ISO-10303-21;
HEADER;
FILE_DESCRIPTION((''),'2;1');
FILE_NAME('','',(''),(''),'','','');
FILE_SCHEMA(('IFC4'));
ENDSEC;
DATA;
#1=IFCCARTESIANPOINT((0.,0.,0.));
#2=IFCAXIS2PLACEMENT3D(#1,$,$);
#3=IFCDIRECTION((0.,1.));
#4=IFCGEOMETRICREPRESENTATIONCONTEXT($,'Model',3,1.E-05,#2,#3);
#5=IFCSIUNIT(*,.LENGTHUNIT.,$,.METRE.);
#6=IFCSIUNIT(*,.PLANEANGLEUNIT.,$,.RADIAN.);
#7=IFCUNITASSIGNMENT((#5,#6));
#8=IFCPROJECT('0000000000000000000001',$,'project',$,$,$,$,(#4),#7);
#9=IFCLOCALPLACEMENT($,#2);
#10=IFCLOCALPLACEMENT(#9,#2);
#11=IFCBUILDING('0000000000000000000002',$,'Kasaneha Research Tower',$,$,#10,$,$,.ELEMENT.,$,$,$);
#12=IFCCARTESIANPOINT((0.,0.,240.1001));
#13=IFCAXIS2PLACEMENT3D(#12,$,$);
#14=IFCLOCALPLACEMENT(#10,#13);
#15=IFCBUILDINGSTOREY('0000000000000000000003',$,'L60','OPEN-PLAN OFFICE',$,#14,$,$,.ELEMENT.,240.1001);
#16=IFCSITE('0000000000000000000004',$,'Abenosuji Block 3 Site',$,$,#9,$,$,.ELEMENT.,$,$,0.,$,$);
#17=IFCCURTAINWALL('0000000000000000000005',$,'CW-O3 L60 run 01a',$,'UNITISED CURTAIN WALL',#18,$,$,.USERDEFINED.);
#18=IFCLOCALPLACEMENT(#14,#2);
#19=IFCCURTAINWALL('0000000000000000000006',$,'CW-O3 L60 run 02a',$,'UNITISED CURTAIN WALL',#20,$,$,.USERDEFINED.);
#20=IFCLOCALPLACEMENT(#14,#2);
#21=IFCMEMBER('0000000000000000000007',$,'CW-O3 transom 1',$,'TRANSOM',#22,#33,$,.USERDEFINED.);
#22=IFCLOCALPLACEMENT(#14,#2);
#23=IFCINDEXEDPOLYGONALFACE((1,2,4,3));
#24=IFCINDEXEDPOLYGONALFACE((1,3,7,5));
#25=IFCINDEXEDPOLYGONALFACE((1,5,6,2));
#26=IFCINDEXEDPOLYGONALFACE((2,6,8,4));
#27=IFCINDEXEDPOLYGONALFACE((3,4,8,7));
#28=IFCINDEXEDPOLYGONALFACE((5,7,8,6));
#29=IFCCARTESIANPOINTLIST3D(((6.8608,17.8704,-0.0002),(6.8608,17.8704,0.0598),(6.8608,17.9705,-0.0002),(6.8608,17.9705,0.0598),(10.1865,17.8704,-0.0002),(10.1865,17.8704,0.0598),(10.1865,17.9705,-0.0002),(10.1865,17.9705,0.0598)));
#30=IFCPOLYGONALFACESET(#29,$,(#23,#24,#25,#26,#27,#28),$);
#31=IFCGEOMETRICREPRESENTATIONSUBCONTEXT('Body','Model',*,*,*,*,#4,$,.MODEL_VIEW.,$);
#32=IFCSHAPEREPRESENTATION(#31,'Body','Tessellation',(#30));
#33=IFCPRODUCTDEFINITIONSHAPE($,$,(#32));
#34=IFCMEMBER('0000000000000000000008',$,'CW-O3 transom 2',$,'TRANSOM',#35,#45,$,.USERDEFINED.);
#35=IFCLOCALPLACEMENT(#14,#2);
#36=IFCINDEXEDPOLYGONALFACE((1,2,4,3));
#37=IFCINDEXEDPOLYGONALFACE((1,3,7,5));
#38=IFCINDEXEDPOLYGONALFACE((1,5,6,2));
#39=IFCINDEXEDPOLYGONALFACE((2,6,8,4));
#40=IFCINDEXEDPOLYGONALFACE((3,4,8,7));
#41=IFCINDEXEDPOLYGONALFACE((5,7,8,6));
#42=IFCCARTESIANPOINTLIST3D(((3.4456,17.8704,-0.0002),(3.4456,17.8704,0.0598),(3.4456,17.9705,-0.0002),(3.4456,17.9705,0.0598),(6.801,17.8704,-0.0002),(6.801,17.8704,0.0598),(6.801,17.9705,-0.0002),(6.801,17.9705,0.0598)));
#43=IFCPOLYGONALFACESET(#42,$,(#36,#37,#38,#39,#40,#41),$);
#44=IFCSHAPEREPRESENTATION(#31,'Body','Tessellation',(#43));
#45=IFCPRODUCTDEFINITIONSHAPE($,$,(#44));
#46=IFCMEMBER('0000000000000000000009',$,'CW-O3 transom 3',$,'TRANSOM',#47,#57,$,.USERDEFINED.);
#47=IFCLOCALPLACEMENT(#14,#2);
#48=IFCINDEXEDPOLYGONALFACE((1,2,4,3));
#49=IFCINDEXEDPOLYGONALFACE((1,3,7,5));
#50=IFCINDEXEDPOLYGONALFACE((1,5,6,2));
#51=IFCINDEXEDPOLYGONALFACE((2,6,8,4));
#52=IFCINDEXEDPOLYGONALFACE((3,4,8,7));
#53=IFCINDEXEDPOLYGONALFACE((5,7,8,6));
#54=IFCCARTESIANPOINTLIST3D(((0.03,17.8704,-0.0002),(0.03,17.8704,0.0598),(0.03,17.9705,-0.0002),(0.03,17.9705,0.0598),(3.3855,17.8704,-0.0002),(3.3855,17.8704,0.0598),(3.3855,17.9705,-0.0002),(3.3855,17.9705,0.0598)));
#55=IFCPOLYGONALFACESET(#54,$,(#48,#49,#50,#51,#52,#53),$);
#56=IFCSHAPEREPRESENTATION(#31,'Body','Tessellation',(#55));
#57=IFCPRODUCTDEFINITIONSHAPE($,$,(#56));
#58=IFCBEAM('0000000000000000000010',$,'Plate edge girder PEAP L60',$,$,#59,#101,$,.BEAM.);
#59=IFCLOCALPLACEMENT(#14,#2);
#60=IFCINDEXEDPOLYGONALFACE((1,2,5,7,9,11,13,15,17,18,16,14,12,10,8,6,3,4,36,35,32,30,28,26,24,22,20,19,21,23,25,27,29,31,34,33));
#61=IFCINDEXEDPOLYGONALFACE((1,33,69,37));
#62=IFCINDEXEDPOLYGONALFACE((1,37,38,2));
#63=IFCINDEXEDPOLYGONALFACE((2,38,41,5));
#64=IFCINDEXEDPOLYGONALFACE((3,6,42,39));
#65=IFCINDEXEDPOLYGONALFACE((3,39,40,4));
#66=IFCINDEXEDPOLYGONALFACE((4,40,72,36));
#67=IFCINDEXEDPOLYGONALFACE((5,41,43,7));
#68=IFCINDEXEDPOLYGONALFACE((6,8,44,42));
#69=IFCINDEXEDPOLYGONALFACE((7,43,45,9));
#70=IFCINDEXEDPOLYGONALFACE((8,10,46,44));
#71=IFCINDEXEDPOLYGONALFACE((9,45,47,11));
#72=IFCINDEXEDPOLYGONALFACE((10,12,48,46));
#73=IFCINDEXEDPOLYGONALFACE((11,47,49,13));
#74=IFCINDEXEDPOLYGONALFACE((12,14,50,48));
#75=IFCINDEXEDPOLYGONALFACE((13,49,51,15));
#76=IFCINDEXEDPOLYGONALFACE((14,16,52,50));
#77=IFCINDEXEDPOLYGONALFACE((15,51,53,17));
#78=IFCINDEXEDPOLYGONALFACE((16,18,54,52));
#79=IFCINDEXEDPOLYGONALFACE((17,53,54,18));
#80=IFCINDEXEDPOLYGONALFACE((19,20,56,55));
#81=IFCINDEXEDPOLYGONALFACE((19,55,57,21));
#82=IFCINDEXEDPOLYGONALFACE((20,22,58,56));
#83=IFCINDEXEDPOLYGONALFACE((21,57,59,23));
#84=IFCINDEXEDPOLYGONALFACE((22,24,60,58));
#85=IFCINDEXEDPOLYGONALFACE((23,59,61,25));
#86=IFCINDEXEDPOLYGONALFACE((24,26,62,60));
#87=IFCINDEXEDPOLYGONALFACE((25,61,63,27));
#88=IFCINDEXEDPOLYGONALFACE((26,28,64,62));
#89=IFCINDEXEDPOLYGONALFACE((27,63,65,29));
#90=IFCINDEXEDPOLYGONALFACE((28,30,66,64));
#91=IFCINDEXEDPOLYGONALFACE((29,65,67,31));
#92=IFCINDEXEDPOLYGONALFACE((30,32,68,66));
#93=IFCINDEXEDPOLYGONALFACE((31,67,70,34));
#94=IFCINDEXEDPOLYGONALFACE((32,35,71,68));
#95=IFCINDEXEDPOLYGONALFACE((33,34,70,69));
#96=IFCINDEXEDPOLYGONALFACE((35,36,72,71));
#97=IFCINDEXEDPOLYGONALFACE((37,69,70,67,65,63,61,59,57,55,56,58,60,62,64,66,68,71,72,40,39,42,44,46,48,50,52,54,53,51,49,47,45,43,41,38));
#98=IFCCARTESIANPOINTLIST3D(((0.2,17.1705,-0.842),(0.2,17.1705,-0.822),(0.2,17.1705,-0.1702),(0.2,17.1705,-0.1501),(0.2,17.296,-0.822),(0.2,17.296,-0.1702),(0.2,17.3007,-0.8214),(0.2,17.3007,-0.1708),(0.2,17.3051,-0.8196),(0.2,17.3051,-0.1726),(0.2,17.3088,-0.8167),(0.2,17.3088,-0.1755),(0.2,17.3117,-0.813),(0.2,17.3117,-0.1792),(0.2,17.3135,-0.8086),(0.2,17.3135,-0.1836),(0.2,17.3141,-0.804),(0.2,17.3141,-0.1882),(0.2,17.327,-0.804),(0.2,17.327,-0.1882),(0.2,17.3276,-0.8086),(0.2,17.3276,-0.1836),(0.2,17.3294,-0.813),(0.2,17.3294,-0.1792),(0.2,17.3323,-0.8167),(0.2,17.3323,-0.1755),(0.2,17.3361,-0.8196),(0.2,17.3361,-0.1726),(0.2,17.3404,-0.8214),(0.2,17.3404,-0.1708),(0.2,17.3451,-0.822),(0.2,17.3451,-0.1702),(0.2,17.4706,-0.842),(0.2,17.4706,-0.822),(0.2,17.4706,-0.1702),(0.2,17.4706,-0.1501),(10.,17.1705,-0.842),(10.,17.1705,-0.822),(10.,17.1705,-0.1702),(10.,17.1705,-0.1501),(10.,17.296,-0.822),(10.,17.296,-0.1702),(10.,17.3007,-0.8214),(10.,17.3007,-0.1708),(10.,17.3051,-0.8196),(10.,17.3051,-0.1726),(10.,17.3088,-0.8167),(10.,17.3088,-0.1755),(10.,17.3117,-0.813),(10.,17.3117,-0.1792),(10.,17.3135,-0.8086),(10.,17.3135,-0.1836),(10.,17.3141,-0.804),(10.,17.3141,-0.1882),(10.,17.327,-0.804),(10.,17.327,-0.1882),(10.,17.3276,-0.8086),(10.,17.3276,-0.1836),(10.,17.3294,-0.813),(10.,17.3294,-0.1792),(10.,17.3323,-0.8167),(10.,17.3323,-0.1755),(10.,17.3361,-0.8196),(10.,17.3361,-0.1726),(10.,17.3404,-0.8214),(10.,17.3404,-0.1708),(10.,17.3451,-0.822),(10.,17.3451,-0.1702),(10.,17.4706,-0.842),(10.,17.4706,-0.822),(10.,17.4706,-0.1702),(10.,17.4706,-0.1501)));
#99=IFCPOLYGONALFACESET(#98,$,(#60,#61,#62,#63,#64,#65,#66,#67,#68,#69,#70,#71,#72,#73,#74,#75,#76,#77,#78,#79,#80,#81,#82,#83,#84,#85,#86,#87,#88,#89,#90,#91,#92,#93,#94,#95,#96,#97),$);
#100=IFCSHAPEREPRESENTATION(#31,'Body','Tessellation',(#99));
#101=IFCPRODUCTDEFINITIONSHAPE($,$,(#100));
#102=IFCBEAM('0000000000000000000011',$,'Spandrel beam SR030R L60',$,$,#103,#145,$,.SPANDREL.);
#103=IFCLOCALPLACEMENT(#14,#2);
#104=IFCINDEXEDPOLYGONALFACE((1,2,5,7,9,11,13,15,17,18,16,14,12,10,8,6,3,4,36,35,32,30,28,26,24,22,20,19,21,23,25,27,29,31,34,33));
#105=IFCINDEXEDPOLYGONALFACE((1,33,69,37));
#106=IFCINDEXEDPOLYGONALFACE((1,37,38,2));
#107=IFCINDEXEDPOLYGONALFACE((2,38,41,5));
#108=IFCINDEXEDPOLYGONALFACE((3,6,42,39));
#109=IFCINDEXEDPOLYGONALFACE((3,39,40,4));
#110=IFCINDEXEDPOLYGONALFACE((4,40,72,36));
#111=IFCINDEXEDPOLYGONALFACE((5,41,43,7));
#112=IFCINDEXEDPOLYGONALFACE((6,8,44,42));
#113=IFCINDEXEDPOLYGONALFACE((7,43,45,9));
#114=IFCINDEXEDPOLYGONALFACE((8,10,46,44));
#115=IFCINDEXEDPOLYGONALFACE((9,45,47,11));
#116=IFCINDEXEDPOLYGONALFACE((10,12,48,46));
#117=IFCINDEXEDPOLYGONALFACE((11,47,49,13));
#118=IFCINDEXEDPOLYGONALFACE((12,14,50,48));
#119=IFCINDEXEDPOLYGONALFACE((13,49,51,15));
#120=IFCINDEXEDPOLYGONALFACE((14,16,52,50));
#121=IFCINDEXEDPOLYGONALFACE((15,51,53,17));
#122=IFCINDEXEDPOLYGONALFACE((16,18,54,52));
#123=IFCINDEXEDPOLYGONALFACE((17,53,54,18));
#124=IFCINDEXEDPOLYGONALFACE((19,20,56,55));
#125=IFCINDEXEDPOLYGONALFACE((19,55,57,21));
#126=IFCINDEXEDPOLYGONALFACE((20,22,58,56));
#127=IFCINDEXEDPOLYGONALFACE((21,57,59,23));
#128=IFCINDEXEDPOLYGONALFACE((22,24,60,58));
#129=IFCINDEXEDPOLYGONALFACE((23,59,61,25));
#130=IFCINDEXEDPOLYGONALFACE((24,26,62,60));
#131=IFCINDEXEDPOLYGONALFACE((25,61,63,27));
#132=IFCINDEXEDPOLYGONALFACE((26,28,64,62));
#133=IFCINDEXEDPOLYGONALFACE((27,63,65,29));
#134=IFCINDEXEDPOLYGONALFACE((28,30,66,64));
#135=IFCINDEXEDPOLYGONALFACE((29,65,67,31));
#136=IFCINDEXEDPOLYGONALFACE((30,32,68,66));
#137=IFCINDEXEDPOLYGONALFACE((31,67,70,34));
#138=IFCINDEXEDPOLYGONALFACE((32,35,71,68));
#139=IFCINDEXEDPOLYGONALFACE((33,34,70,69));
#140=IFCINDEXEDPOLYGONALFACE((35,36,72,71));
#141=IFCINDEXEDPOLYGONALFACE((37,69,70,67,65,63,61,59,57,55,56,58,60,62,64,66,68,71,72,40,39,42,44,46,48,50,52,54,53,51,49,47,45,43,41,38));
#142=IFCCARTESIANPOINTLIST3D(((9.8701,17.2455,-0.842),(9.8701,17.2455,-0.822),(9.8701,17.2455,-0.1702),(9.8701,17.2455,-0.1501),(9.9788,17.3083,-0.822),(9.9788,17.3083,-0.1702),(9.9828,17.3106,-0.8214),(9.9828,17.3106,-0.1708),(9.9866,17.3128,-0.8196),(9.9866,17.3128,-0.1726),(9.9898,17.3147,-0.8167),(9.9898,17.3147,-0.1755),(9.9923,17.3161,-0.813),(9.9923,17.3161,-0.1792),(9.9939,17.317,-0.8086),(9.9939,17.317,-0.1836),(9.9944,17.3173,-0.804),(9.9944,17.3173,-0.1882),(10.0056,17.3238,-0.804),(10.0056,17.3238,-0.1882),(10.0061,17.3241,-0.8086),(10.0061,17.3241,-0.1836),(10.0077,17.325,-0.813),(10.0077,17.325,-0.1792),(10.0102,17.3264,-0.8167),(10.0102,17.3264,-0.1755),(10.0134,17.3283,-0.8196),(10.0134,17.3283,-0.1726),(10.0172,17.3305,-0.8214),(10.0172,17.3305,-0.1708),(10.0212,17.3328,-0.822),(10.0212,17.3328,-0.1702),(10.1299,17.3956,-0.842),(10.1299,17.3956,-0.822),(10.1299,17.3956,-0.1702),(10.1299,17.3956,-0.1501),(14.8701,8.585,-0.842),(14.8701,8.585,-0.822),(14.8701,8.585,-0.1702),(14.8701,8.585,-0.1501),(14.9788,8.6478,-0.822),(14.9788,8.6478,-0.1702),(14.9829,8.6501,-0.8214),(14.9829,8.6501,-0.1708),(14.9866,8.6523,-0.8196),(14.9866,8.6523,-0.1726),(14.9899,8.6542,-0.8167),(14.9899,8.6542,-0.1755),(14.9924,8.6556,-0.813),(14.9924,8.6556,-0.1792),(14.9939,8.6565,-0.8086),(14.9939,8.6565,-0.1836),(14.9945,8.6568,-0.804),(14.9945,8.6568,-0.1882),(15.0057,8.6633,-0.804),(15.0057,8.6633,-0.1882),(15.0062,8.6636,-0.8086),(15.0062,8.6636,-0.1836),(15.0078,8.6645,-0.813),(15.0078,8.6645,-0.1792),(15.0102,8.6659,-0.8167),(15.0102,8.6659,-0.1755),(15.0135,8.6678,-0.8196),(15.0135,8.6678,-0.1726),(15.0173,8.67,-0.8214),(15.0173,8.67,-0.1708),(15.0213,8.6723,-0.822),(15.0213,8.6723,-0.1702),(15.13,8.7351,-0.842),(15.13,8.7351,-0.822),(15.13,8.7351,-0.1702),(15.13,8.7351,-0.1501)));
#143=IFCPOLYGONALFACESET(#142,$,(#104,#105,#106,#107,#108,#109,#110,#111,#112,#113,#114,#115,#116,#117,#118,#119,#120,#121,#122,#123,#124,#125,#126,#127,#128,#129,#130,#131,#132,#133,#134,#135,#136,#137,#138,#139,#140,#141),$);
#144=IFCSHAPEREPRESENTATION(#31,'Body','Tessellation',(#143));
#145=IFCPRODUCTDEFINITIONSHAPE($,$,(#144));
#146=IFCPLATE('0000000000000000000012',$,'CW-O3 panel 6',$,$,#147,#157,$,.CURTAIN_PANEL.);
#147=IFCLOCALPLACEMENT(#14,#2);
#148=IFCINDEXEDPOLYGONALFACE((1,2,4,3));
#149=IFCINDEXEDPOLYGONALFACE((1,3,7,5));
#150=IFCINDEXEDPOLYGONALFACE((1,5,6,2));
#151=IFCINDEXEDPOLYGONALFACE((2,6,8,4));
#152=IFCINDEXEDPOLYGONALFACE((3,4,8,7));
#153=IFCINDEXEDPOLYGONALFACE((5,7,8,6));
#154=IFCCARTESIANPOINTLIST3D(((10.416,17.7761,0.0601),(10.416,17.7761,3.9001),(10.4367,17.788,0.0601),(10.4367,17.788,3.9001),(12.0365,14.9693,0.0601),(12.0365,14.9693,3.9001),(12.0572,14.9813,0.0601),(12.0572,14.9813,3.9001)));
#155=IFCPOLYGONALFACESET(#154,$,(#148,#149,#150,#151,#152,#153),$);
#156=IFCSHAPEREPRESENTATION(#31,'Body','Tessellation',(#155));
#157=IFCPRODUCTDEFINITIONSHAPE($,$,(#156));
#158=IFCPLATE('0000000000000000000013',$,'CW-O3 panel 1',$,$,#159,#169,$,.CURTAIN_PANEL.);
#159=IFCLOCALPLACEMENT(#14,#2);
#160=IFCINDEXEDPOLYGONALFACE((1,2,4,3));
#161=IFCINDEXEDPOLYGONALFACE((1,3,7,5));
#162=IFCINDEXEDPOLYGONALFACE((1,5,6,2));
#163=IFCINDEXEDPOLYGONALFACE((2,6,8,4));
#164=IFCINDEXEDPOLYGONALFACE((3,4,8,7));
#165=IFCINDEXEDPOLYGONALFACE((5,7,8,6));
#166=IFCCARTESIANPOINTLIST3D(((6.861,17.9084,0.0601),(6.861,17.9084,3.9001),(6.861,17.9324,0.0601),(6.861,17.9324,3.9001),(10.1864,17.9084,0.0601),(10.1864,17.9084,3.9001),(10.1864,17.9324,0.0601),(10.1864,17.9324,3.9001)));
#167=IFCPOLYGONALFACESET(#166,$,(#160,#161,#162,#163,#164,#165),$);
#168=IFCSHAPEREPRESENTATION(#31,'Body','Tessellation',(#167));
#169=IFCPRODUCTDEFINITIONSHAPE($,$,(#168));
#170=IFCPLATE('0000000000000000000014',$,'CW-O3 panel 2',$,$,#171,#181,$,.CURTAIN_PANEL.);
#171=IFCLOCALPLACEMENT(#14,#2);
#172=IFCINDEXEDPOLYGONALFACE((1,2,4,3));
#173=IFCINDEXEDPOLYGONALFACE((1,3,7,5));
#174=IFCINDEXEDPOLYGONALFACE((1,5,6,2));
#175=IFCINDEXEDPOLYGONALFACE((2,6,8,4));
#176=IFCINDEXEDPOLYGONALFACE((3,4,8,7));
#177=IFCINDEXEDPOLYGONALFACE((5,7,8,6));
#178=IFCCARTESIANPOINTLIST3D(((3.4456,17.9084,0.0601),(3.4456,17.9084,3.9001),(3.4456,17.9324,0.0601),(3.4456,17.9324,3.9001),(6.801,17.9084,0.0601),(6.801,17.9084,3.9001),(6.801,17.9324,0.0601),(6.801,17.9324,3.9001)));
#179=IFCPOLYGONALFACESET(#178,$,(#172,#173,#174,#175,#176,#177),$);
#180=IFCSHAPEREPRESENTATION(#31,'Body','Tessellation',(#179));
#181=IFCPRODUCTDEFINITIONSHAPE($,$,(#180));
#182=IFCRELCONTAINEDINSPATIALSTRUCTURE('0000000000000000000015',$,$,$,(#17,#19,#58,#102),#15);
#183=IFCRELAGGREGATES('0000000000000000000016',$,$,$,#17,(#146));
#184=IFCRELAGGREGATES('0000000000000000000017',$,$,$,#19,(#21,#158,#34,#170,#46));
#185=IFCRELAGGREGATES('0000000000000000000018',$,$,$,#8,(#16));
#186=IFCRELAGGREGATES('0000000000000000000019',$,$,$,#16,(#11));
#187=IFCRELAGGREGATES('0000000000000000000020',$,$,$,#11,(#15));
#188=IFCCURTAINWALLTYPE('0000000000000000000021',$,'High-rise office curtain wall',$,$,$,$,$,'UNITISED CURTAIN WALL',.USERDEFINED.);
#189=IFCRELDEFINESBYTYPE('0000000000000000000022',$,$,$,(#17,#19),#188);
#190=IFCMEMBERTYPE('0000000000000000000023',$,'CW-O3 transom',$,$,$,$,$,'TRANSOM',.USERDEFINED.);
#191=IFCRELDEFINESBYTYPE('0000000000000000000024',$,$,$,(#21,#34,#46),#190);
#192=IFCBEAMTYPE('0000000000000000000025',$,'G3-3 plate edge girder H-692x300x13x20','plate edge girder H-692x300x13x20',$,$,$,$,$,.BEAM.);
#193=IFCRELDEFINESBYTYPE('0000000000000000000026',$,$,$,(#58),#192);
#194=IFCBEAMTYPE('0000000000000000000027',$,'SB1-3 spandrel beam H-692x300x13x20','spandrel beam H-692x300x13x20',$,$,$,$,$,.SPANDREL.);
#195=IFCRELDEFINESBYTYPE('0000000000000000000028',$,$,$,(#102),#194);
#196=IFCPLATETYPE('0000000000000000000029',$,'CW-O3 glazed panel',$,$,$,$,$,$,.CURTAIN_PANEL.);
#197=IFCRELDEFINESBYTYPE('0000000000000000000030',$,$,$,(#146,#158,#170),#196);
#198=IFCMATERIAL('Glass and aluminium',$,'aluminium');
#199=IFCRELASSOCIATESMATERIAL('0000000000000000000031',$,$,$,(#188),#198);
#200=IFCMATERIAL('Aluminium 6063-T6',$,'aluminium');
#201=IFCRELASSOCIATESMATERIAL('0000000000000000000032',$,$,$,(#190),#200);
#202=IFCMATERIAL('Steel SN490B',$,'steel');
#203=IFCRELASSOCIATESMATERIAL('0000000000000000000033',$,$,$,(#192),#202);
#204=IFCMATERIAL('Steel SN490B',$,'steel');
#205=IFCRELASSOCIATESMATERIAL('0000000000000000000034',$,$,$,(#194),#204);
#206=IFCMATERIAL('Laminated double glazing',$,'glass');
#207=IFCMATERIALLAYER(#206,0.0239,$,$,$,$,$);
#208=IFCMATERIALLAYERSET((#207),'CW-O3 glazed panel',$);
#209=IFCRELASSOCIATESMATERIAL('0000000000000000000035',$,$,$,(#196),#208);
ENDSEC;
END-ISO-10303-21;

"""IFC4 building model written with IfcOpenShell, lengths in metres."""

from ifc_helpers import new_model, si_unit, direction, frame, origin, origin_2d, place, context, subcontext, project, spatial, rectangle, i_section, extrude, material, layer, layer_set, material_profile, profile_set, type_object, element, aggregate, save


model = new_model("IFC4")

# Units and contexts
model_context = context("Model", 3, precision=1e-05, world=origin(), true_north=direction((0.0, 1.0)))
body_context = subcontext(model_context, "Body", "Model", "MODEL_VIEW")
ifc_project = project(units=[si_unit("LENGTHUNIT", "METRE"), si_unit("PLANEANGLEUNIT", "RADIAN")], contexts=[model_context])

# Site, building, storey
site_placement = place(None, origin())
site = spatial("IfcSite", under=ifc_project, at=site_placement, Name="Abenosuji Block 3 Site", CompositionType="ELEMENT", RefElevation=0.0)
building_placement = place(site_placement, origin())
building = spatial("IfcBuilding", under=site, at=building_placement, Name="Kasaneha Research Tower", CompositionType="ELEMENT")
storey_placement = place(building_placement, frame((0.0, 0.0, 240.1001)))
storey = spatial("IfcBuildingStorey", under=building, at=storey_placement, Name="L60", Description="OPEN-PLAN OFFICE", CompositionType="ELEMENT", Elevation=240.1001)

# Curtain wall
ifc_material_1 = material(Name="Glass and aluminium", Category="aluminium")
curtain_wall_type = type_object("IfcCurtainWallType", Name="High-rise office curtain wall", ElementType="UNITISED CURTAIN WALL", PredefinedType="USERDEFINED", material=ifc_material_1)
curtain_wall_1_placement = place(storey_placement, origin())
curtain_wall_1 = element("IfcCurtainWall", 1, at=curtain_wall_1_placement, inside=storey, type_object=curtain_wall_type, Name="CW-O3 L60 run 01a", ObjectType="UNITISED CURTAIN WALL", PredefinedType="USERDEFINED")

# Curtain wall
curtain_wall_2_placement = place(storey_placement, origin())
curtain_wall_2 = element("IfcCurtainWall", 2, at=curtain_wall_2_placement, inside=storey, type_object=curtain_wall_type, Name="CW-O3 L60 run 02a", ObjectType="UNITISED CURTAIN WALL", PredefinedType="USERDEFINED")

# Members
ifc_material_2 = material(Name="Aluminium 6063-T6", Category="aluminium")
ifc_material_profile_1 = material_profile(ifc_material_2, rectangle(XDim=0.1001, YDim=0.0601, at=origin_2d()), Name="CW-O3 transom 100x60")
ifc_profile_set_1 = profile_set([ifc_material_profile_1], Name="Aluminium 6063-T6")
member_type_1 = type_object("IfcMemberType", Name="CW-O3 transom", ElementType="TRANSOM", PredefinedType="USERDEFINED", material=ifc_profile_set_1)
member_1_placement = place(storey_placement, frame((10.1865, 17.9204, 0.0298), z_axis=(-1.0, 0.0, 0.0), x_axis=(0.0, -1.0, 0.0)))
member_1 = element("IfcMember", 3, at=member_1_placement, type_object=member_type_1, Name="CW-O3 transom 1", ObjectType="TRANSOM", PredefinedType="USERDEFINED", context=body_context, shape_type="SweptSolid", body=[
    extrude(rectangle(XDim=0.1001, YDim=0.0601, at=origin_2d()), origin(), (0.0, 0.0, 1.0), 3.3257),
])
member_2_placement = place(storey_placement, frame((6.801, 17.9204, 0.0298), z_axis=(-1.0, 0.0, 0.0), x_axis=(0.0, -1.0, 0.0)))
member_2 = element("IfcMember", 4, at=member_2_placement, type_object=member_type_1, Name="CW-O3 transom 2", ObjectType="TRANSOM", PredefinedType="USERDEFINED", context=body_context, shape_type="SweptSolid", body=[
    extrude(rectangle(XDim=0.1001, YDim=0.0601, at=origin_2d()), origin(), (0.0, 0.0, 1.0), 3.3555),
])
member_3_placement = place(storey_placement, frame((3.3855, 17.9204, 0.0298), z_axis=(-1.0, 0.0, 0.0), x_axis=(0.0, -1.0, 0.0)))
member_3 = element("IfcMember", 5, at=member_3_placement, type_object=member_type_1, Name="CW-O3 transom 3", ObjectType="TRANSOM", PredefinedType="USERDEFINED", context=body_context, shape_type="SweptSolid", body=[
    extrude(rectangle(XDim=0.1001, YDim=0.0601, at=origin_2d()), origin(), (0.0, 0.0, 1.0), 3.3555),
])

# Beams
ifc_material_3 = material(Name="Steel SN490B", Category="steel")
ifc_material_profile_2 = material_profile(ifc_material_3, i_section(OverallWidth=0.3, OverallDepth=0.6919, WebThickness=0.0129, FlangeThickness=0.02, FilletRadius=0.0181, at=origin_2d()), Name="H-692x300x13x20")
ifc_profile_set_2 = profile_set([ifc_material_profile_2], Name="Steel SN490B")
beam_type_1 = type_object("IfcBeamType", Name="G3-3 plate edge girder H-692x300x13x20", Description="plate edge girder H-692x300x13x20", PredefinedType="BEAM", material=ifc_profile_set_2)
beam_1_placement = place(storey_placement, frame((10.0, 17.3206, -0.4961), z_axis=(-1.0, 0.0, 0.0), x_axis=(0.0, -1.0, 0.0)))
element("IfcBeam", 6, at=beam_1_placement, inside=storey, type_object=beam_type_1, Name="Plate edge girder PEAP L60", PredefinedType="BEAM", context=body_context, shape_type="SweptSolid", body=[
    extrude(i_section(OverallWidth=0.3, OverallDepth=0.6919, WebThickness=0.0129, FlangeThickness=0.02, FilletRadius=0.0181, at=origin_2d()), origin(), (0.0, 0.0, 1.0), 9.8),
])
ifc_material_4 = material(Name="Steel SN490B", Category="steel")
ifc_material_profile_3 = material_profile(ifc_material_4, i_section(OverallWidth=0.3, OverallDepth=0.6919, WebThickness=0.0129, FlangeThickness=0.02, FilletRadius=0.0181, at=origin_2d()), Name="H-692x300x13x20")
ifc_profile_set_3 = profile_set([ifc_material_profile_3], Name="Steel SN490B")
beam_type_2 = type_object("IfcBeamType", Name="SB1-3 spandrel beam H-692x300x13x20", Description="spandrel beam H-692x300x13x20", PredefinedType="SPANDREL", material=ifc_profile_set_3)
beam_2_placement = place(storey_placement, frame((10.0, 17.3206, -0.4961), z_axis=(0.499994, -0.866029, 0.0), x_axis=(0.866029, 0.499994, 0.0)))
element("IfcBeam", 7, at=beam_2_placement, inside=storey, type_object=beam_type_2, Name="Spandrel beam SR030R L60", PredefinedType="SPANDREL", context=body_context, shape_type="SweptSolid", body=[
    extrude(i_section(OverallWidth=0.3, OverallDepth=0.6919, WebThickness=0.0129, FlangeThickness=0.02, FilletRadius=0.0181, at=origin_2d()), origin(), (0.0, 0.0, 1.0), 10.0002),
])

# Plates
ifc_material_5 = material(Name="Laminated double glazing", Category="glass")
ifc_layer_1 = layer(ifc_material_5, 0.0239)
ifc_layer_set_1 = layer_set([ifc_layer_1], Name="CW-O3 glazed panel")
plate_type = type_object("IfcPlateType", Name="CW-O3 glazed panel", PredefinedType="CURTAIN_PANEL", material=ifc_layer_set_1)
plate_1_placement = place(storey_placement, frame((11.2366, 16.3787, 0.0601), z_axis=(0.0, 0.0, 1.0), x_axis=(-0.5, 0.866025, 0.0)))
plate_1 = element("IfcPlate", 8, at=plate_1_placement, type_object=plate_type, Name="CW-O3 panel 6", PredefinedType="CURTAIN_PANEL", context=body_context, shape_type="SweptSolid", body=[
    extrude(rectangle(XDim=3.241, YDim=0.0239, at=origin_2d()), origin(), (0.0, 0.0, 1.0), 3.8401),
])
aggregate(curtain_wall_1, [plate_1])
plate_2_placement = place(storey_placement, frame((8.5237, 17.9204, 0.0601), z_axis=(0.0, 0.0, 1.0), x_axis=(-1.0, 0.0, 0.0)))
plate_2 = element("IfcPlate", 9, at=plate_2_placement, type_object=plate_type, Name="CW-O3 panel 1", PredefinedType="CURTAIN_PANEL", context=body_context, shape_type="SweptSolid", body=[
    extrude(rectangle(XDim=3.3254, YDim=0.0239, at=origin_2d()), origin(), (0.0, 0.0, 1.0), 3.8401),
])
plate_3_placement = place(storey_placement, frame((5.1233, 17.9204, 0.0601), z_axis=(0.0, 0.0, 1.0), x_axis=(-1.0, 0.0, 0.0)))
plate_3 = element("IfcPlate", 10, at=plate_3_placement, type_object=plate_type, Name="CW-O3 panel 2", PredefinedType="CURTAIN_PANEL", context=body_context, shape_type="SweptSolid", body=[
    extrude(rectangle(XDim=3.3555, YDim=0.0239, at=origin_2d()), origin(), (0.0, 0.0, 1.0), 3.8401),
])
aggregate(curtain_wall_2, [member_1, plate_2, member_2, plate_3, member_3])

save(model, "model.ifc")
